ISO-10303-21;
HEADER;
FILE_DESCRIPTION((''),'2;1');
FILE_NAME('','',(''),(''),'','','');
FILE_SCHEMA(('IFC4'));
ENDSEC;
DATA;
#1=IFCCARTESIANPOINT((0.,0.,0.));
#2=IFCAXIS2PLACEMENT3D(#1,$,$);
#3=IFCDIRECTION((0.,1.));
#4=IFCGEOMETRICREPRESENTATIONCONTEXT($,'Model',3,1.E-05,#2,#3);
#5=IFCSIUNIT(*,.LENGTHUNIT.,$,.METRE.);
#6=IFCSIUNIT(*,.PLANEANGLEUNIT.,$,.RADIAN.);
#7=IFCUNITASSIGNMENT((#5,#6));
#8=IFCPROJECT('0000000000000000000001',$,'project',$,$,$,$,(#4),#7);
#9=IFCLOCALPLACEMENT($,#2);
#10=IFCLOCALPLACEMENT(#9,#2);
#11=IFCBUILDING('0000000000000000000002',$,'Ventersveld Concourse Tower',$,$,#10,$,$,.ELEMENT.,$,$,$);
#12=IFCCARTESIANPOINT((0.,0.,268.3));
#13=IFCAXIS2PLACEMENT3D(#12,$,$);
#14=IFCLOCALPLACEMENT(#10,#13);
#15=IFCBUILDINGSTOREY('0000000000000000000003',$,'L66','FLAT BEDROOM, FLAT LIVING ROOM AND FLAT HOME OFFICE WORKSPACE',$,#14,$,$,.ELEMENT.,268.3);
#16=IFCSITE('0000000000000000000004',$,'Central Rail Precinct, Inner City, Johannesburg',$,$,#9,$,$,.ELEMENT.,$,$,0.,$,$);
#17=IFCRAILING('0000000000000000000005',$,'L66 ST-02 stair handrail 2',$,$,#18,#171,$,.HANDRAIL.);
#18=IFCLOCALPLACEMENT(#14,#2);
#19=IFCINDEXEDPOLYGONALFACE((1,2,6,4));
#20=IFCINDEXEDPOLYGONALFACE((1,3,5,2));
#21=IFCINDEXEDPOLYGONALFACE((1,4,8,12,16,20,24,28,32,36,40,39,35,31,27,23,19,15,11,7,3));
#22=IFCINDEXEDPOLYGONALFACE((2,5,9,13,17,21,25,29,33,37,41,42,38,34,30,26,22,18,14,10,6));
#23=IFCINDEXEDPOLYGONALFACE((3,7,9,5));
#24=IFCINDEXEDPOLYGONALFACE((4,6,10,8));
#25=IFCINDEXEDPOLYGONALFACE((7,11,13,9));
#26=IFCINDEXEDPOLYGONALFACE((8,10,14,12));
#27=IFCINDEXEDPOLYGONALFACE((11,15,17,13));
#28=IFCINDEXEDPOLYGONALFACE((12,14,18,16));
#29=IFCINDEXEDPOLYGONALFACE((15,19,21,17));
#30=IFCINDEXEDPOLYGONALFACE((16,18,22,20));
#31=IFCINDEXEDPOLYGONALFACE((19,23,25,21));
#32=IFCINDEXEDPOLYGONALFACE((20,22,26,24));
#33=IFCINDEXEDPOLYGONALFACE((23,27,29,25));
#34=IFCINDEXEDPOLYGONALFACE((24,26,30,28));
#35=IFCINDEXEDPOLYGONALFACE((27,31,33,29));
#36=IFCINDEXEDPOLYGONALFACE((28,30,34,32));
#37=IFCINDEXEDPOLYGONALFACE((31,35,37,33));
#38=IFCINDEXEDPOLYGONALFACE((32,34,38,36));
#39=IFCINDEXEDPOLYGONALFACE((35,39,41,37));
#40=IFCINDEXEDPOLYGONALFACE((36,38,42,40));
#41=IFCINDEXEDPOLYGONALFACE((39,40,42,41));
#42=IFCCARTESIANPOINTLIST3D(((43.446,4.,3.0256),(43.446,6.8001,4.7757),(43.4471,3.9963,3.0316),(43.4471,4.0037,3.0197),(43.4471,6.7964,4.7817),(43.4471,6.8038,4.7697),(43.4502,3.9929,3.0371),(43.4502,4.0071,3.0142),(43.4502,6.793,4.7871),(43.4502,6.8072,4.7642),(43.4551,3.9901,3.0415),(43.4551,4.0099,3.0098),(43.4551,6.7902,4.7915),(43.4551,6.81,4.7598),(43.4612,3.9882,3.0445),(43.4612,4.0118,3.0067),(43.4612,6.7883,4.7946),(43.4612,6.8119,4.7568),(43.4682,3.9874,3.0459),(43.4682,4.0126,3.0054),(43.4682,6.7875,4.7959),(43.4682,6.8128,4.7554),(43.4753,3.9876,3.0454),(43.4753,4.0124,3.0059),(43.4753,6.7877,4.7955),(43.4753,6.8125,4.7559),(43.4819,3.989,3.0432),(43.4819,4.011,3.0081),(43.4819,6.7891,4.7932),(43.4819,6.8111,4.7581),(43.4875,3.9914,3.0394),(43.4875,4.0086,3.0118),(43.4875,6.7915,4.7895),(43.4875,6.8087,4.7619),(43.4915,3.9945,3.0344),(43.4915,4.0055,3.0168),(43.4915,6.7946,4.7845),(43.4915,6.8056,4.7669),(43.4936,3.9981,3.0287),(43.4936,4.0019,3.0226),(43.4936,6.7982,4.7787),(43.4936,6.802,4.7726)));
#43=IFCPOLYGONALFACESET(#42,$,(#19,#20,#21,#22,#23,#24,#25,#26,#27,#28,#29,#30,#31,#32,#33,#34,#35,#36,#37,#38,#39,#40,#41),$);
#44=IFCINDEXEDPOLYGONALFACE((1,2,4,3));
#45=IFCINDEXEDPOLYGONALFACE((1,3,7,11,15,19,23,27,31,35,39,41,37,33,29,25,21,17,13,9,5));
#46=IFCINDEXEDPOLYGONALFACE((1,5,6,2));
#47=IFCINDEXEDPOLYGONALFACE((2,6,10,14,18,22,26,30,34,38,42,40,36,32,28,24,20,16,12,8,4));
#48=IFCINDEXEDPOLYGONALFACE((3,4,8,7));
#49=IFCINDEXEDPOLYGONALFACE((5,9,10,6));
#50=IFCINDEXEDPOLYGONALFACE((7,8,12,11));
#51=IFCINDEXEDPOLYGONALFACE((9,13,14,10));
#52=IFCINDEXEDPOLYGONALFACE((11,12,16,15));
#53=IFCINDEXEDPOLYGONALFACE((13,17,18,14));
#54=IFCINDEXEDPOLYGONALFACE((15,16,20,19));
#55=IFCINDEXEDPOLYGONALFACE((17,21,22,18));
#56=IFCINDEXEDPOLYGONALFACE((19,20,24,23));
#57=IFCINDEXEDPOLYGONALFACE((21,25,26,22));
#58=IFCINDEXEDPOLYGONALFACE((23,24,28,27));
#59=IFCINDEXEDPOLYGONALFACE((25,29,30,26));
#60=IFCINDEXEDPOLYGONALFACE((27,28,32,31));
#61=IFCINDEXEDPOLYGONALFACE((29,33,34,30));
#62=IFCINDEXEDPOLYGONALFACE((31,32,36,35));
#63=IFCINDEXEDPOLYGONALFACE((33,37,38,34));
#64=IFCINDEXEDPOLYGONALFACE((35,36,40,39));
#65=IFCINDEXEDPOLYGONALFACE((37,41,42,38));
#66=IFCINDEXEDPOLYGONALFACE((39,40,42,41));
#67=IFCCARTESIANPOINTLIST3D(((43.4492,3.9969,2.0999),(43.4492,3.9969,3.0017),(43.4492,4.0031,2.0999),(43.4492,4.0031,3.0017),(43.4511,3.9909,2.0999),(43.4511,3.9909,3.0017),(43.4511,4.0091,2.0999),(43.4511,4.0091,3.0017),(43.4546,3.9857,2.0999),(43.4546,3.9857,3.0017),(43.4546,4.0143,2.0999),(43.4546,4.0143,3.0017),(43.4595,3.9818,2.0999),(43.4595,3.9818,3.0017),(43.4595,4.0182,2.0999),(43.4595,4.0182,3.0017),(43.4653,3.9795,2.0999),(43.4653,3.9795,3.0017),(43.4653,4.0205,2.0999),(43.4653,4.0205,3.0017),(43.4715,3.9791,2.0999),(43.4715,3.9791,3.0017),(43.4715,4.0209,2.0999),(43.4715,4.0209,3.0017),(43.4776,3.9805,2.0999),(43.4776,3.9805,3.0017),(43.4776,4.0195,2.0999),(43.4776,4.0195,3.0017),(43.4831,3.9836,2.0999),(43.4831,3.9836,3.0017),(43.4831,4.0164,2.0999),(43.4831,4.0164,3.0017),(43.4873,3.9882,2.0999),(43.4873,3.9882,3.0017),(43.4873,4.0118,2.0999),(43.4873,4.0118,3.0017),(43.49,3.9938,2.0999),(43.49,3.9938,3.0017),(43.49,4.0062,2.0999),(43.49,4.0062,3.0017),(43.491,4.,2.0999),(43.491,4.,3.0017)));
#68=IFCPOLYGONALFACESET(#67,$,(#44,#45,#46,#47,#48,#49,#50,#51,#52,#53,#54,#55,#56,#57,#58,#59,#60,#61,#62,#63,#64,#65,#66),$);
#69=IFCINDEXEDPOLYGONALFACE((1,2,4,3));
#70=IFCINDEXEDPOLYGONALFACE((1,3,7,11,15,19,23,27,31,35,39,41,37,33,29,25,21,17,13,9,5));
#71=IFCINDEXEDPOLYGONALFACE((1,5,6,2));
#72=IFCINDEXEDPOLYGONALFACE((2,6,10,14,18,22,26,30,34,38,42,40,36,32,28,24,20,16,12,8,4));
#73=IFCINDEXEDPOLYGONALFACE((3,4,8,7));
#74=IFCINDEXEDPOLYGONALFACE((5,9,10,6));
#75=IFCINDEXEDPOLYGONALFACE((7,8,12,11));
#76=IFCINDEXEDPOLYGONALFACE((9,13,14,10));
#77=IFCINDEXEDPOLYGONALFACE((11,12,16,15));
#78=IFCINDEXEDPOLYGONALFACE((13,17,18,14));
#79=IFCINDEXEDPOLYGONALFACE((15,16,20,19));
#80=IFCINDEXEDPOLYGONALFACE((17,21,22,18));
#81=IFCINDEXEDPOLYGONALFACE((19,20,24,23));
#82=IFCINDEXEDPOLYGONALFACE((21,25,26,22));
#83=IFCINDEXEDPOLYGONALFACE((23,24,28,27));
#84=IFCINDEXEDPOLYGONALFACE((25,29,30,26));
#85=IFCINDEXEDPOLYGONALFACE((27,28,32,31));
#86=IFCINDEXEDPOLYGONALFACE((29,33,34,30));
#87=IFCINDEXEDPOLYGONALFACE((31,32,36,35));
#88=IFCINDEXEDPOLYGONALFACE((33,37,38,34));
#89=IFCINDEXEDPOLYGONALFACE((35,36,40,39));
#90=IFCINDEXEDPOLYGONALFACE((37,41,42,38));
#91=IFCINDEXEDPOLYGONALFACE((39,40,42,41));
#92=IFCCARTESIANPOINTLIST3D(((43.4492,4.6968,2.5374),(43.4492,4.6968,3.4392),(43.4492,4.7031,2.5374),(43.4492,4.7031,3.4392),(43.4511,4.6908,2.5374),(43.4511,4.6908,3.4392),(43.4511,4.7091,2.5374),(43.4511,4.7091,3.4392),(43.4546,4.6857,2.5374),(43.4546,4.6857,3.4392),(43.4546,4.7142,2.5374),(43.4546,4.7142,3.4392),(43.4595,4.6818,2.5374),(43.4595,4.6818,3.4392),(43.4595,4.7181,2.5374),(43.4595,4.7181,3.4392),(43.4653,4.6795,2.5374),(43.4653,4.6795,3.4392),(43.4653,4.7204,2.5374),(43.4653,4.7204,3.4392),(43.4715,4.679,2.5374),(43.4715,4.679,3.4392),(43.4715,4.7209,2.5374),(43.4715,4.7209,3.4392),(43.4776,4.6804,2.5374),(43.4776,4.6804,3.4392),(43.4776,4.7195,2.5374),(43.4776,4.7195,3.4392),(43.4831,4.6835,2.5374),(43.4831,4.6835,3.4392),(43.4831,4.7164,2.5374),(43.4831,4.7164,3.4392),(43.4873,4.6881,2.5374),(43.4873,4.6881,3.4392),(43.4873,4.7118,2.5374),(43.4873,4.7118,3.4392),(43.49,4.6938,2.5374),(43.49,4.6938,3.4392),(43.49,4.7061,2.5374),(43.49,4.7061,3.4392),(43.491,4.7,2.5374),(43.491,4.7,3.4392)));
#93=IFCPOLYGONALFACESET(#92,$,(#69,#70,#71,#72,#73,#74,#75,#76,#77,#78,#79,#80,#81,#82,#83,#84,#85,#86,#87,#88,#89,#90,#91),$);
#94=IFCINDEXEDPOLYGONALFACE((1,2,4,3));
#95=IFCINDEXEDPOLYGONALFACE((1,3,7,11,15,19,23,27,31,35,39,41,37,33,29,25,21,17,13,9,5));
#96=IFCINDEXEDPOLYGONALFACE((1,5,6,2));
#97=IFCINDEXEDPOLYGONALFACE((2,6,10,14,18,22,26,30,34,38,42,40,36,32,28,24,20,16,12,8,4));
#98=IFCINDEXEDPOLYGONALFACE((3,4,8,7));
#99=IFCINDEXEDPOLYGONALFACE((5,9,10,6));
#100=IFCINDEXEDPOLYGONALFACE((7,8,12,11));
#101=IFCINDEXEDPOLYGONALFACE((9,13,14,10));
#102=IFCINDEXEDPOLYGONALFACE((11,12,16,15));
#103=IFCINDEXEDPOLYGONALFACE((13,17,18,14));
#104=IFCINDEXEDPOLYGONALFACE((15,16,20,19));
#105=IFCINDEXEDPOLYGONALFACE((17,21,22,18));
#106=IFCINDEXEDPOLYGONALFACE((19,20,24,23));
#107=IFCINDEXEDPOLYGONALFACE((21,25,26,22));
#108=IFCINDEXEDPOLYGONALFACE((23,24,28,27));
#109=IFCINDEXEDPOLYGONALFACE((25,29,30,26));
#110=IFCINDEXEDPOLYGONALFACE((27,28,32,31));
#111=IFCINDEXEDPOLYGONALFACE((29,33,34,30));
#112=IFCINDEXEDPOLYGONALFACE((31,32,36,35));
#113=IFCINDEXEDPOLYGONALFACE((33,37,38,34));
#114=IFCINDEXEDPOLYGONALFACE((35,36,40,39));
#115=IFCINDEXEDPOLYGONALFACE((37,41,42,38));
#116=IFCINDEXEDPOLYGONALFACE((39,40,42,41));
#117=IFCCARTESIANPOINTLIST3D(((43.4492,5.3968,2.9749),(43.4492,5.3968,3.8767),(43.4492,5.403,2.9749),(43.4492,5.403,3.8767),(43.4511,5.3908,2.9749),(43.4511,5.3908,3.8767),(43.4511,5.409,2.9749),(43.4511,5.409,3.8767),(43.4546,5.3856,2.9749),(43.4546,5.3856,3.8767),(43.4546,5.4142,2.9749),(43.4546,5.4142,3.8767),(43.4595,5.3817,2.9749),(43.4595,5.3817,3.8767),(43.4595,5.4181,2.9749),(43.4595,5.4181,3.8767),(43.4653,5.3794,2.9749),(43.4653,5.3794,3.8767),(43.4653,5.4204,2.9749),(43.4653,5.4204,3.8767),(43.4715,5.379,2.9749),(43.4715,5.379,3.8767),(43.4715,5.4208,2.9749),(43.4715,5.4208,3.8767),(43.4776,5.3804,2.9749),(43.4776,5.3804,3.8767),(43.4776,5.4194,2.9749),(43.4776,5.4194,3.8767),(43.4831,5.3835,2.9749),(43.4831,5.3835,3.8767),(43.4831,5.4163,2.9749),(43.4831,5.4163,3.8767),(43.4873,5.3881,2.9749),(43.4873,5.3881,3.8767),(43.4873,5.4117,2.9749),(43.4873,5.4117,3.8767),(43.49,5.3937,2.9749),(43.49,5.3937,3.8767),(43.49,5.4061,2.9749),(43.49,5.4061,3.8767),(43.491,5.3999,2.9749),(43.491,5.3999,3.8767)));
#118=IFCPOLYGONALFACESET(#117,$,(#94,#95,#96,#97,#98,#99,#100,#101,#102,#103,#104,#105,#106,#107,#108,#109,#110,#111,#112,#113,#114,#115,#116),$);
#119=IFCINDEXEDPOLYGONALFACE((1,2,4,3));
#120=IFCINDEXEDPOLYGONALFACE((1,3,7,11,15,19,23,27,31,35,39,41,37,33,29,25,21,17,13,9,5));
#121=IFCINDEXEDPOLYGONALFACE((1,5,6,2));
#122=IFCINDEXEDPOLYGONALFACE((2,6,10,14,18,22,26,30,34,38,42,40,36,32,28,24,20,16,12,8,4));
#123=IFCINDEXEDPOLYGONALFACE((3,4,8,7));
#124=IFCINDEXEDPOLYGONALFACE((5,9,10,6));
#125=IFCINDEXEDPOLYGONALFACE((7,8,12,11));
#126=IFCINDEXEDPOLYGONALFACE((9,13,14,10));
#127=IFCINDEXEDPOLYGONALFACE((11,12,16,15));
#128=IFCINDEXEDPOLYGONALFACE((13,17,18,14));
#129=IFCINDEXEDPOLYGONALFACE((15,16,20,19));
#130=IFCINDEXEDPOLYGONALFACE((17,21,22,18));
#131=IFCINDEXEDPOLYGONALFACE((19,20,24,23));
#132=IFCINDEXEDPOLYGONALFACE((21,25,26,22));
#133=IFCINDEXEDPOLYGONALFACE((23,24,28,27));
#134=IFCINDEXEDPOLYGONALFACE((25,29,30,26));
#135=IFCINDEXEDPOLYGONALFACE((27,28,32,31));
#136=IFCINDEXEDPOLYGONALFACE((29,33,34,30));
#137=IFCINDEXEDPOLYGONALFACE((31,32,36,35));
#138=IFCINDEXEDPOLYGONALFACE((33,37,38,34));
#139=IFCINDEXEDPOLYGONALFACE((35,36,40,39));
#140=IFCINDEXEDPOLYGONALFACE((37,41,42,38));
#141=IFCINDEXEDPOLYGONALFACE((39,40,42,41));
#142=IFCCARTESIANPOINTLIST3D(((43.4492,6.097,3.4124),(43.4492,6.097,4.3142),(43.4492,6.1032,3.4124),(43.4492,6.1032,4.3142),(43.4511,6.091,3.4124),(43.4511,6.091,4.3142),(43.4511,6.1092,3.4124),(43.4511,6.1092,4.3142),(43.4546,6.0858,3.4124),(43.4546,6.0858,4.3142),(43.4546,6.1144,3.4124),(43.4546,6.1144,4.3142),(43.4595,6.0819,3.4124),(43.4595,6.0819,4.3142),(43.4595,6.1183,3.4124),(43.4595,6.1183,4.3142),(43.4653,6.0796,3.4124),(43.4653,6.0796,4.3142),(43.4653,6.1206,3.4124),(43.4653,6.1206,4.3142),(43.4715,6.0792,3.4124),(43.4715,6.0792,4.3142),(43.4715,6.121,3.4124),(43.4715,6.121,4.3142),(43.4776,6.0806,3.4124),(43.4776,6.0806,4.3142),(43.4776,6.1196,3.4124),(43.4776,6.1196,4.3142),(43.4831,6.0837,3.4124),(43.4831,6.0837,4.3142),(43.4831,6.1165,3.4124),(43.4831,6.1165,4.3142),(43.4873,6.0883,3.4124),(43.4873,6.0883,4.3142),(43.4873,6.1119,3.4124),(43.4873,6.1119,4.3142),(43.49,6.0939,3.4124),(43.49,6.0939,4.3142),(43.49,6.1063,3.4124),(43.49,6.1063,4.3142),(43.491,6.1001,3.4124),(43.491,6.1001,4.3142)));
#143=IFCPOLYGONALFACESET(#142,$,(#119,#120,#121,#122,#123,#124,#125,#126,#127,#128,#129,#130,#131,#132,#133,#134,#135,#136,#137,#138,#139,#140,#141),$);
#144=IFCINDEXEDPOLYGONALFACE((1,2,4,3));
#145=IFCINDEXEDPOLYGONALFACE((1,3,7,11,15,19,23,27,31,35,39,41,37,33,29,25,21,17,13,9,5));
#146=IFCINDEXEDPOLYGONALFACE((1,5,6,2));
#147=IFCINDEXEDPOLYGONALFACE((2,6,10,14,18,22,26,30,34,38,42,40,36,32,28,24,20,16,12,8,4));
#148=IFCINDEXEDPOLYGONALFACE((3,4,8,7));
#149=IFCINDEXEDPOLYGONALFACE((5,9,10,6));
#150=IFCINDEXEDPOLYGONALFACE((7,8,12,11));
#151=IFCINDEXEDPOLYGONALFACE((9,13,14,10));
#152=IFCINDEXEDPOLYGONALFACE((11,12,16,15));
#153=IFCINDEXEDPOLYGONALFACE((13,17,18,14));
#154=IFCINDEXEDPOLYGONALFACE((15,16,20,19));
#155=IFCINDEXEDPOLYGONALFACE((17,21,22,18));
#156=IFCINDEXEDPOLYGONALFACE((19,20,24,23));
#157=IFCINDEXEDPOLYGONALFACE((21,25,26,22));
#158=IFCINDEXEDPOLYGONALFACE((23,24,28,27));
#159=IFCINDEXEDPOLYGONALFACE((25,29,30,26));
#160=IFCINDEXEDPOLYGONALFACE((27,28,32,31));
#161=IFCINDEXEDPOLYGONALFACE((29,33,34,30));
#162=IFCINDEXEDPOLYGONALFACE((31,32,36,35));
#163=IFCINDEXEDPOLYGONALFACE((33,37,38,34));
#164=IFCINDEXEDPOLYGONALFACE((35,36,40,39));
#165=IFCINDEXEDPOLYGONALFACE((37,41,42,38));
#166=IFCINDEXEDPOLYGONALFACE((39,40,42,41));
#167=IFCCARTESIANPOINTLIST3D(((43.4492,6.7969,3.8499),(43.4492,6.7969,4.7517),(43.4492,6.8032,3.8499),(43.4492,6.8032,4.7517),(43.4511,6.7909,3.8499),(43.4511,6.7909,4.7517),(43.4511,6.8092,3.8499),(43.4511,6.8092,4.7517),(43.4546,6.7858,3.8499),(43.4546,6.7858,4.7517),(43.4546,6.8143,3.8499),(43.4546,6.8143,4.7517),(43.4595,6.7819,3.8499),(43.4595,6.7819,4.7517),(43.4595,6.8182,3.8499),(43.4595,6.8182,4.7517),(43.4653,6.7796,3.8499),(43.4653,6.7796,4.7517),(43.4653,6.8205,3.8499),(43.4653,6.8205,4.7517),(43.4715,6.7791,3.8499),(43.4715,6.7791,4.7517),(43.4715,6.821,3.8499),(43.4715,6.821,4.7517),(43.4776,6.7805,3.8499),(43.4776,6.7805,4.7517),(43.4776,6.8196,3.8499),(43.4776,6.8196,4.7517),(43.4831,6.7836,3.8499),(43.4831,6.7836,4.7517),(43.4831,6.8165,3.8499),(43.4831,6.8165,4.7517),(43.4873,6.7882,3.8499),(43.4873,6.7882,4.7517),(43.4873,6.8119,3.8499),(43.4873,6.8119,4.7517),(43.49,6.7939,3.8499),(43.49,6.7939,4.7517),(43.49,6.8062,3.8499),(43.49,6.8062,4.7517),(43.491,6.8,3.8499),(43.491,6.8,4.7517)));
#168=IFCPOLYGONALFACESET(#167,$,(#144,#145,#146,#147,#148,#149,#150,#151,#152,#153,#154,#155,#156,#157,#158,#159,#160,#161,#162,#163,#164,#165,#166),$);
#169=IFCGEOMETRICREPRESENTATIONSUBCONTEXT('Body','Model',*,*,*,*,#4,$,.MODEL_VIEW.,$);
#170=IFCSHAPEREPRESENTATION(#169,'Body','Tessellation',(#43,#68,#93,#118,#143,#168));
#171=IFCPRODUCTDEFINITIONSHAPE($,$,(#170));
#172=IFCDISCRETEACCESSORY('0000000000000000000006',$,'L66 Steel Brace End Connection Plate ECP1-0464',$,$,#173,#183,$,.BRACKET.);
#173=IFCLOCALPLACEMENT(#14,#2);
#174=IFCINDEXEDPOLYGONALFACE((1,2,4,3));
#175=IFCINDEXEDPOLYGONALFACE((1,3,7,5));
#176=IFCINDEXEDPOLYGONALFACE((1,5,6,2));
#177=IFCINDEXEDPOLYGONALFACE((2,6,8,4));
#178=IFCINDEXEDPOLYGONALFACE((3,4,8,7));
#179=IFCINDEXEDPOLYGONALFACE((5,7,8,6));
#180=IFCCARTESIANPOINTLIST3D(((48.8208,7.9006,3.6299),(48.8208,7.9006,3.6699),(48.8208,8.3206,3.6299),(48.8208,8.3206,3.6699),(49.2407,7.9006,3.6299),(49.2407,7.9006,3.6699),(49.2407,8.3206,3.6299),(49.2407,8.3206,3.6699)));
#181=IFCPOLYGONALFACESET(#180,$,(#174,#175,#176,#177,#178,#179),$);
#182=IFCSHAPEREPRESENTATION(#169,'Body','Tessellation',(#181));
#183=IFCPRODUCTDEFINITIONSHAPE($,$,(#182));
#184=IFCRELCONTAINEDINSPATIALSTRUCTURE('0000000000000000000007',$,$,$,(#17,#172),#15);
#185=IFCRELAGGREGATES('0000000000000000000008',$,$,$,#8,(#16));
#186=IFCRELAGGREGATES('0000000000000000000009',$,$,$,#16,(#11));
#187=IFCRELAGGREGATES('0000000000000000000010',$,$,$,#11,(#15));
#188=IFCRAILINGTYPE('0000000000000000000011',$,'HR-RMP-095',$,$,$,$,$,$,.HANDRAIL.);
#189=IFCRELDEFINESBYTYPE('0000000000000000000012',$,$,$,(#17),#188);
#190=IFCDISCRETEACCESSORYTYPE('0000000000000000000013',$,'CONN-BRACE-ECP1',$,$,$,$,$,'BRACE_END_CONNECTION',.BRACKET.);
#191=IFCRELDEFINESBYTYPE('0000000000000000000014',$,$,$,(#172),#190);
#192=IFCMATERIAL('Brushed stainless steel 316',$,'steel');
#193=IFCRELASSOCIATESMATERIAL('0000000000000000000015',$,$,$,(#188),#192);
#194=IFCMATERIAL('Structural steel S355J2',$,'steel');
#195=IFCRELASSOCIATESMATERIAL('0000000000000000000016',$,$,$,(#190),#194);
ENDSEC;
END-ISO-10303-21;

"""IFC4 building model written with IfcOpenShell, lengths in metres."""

from ifc_helpers import new_model, si_unit, direction, frame, origin, origin_2d, place, context, subcontext, project, spatial, rectangle, circle, extrude, material, type_object, element, save


model = new_model("IFC4")

# Units and contexts
model_context = context("Model", 3, precision=1e-05, world=origin(), true_north=direction((0.0, 1.0)))
body_context = subcontext(model_context, "Body", "Model", "MODEL_VIEW")
ifc_project = project(units=[si_unit("LENGTHUNIT", "METRE"), si_unit("PLANEANGLEUNIT", "RADIAN")], contexts=[model_context])

# Site, building, storey
site_placement = place(None, origin())
site = spatial("IfcSite", under=ifc_project, at=site_placement, Name="Central Rail Precinct, Inner City, Johannesburg", CompositionType="ELEMENT", RefElevation=0.0)
building_placement = place(site_placement, origin())
building = spatial("IfcBuilding", under=site, at=building_placement, Name="Ventersveld Concourse Tower", CompositionType="ELEMENT")
storey_placement = place(building_placement, frame((0.0, 0.0, 268.3)))
storey = spatial("IfcBuildingStorey", under=building, at=storey_placement, Name="L66", Description="FLAT BEDROOM, FLAT LIVING ROOM AND FLAT HOME OFFICE WORKSPACE", CompositionType="ELEMENT", Elevation=268.3)

# Shared definitions
ifc_material_1 = material(Name="Structural steel S355J2", Category="steel")

# Railing
ifc_material_2 = material(Name="Brushed stainless steel 316", Category="steel")
railing_type_1 = type_object("IfcRailingType", Name="HR-RMP-095", PredefinedType="HANDRAIL", material=ifc_material_2)
railing_1_placement = place(storey_placement, frame((43.47, 4.0, 2.0999)))
element("IfcRailing", 1, at=railing_1_placement, inside=storey, type_object=railing_type_1, Name="L66 ST-02 stair handrail 2", PredefinedType="HANDRAIL", context=body_context, shape_type="SweptSolid", body=[
    extrude(circle(Radius=0.0239, at=origin_2d()), frame((0.0, 0.0, 0.9258), z_axis=(0.0, 0.848002, 0.529992), x_axis=(-1.0, 0.0, 0.0)), (0.0, 0.0, 1.0), 3.302),
    extrude(circle(Radius=0.021, at=origin_2d()), origin(), (0.0, 0.0, 1.0), 0.9019),
    extrude(circle(Radius=0.021, at=origin_2d()), frame((0.0, 0.7, 0.4375)), (0.0, 0.0, 1.0), 0.9019),
    extrude(circle(Radius=0.021, at=origin_2d()), frame((0.0, 1.3999, 0.875)), (0.0, 0.0, 1.0), 0.9019),
    extrude(circle(Radius=0.021, at=origin_2d()), frame((0.0, 2.1001, 1.3125)), (0.0, 0.0, 1.0), 0.9019),
    extrude(circle(Radius=0.021, at=origin_2d()), frame((0.0, 2.8, 1.75)), (0.0, 0.0, 1.0), 0.9019),
])

# Discrete accessory
discrete_accessory_type = type_object("IfcDiscreteAccessoryType", Name="CONN-BRACE-ECP1", ElementType="BRACE_END_CONNECTION", PredefinedType="BRACKET", material=ifc_material_1)
discrete_accessory_placement = place(storey_placement, frame((49.0308, 8.1106, 3.6299), z_axis=(0.0, 0.0, 1.0), x_axis=(1.0, 0.0, 0.0)))
element("IfcDiscreteAccessory", 2, at=discrete_accessory_placement, inside=storey, type_object=discrete_accessory_type, Name="L66 Steel Brace End Connection Plate ECP1-0464", PredefinedType="BRACKET", context=body_context, shape_type="SweptSolid", body=[
    extrude(rectangle(XDim=0.4199, YDim=0.4199, at=origin_2d()), origin(), (0.0, 0.0, 1.0), 0.04),
])

save(model, "model.ifc")
